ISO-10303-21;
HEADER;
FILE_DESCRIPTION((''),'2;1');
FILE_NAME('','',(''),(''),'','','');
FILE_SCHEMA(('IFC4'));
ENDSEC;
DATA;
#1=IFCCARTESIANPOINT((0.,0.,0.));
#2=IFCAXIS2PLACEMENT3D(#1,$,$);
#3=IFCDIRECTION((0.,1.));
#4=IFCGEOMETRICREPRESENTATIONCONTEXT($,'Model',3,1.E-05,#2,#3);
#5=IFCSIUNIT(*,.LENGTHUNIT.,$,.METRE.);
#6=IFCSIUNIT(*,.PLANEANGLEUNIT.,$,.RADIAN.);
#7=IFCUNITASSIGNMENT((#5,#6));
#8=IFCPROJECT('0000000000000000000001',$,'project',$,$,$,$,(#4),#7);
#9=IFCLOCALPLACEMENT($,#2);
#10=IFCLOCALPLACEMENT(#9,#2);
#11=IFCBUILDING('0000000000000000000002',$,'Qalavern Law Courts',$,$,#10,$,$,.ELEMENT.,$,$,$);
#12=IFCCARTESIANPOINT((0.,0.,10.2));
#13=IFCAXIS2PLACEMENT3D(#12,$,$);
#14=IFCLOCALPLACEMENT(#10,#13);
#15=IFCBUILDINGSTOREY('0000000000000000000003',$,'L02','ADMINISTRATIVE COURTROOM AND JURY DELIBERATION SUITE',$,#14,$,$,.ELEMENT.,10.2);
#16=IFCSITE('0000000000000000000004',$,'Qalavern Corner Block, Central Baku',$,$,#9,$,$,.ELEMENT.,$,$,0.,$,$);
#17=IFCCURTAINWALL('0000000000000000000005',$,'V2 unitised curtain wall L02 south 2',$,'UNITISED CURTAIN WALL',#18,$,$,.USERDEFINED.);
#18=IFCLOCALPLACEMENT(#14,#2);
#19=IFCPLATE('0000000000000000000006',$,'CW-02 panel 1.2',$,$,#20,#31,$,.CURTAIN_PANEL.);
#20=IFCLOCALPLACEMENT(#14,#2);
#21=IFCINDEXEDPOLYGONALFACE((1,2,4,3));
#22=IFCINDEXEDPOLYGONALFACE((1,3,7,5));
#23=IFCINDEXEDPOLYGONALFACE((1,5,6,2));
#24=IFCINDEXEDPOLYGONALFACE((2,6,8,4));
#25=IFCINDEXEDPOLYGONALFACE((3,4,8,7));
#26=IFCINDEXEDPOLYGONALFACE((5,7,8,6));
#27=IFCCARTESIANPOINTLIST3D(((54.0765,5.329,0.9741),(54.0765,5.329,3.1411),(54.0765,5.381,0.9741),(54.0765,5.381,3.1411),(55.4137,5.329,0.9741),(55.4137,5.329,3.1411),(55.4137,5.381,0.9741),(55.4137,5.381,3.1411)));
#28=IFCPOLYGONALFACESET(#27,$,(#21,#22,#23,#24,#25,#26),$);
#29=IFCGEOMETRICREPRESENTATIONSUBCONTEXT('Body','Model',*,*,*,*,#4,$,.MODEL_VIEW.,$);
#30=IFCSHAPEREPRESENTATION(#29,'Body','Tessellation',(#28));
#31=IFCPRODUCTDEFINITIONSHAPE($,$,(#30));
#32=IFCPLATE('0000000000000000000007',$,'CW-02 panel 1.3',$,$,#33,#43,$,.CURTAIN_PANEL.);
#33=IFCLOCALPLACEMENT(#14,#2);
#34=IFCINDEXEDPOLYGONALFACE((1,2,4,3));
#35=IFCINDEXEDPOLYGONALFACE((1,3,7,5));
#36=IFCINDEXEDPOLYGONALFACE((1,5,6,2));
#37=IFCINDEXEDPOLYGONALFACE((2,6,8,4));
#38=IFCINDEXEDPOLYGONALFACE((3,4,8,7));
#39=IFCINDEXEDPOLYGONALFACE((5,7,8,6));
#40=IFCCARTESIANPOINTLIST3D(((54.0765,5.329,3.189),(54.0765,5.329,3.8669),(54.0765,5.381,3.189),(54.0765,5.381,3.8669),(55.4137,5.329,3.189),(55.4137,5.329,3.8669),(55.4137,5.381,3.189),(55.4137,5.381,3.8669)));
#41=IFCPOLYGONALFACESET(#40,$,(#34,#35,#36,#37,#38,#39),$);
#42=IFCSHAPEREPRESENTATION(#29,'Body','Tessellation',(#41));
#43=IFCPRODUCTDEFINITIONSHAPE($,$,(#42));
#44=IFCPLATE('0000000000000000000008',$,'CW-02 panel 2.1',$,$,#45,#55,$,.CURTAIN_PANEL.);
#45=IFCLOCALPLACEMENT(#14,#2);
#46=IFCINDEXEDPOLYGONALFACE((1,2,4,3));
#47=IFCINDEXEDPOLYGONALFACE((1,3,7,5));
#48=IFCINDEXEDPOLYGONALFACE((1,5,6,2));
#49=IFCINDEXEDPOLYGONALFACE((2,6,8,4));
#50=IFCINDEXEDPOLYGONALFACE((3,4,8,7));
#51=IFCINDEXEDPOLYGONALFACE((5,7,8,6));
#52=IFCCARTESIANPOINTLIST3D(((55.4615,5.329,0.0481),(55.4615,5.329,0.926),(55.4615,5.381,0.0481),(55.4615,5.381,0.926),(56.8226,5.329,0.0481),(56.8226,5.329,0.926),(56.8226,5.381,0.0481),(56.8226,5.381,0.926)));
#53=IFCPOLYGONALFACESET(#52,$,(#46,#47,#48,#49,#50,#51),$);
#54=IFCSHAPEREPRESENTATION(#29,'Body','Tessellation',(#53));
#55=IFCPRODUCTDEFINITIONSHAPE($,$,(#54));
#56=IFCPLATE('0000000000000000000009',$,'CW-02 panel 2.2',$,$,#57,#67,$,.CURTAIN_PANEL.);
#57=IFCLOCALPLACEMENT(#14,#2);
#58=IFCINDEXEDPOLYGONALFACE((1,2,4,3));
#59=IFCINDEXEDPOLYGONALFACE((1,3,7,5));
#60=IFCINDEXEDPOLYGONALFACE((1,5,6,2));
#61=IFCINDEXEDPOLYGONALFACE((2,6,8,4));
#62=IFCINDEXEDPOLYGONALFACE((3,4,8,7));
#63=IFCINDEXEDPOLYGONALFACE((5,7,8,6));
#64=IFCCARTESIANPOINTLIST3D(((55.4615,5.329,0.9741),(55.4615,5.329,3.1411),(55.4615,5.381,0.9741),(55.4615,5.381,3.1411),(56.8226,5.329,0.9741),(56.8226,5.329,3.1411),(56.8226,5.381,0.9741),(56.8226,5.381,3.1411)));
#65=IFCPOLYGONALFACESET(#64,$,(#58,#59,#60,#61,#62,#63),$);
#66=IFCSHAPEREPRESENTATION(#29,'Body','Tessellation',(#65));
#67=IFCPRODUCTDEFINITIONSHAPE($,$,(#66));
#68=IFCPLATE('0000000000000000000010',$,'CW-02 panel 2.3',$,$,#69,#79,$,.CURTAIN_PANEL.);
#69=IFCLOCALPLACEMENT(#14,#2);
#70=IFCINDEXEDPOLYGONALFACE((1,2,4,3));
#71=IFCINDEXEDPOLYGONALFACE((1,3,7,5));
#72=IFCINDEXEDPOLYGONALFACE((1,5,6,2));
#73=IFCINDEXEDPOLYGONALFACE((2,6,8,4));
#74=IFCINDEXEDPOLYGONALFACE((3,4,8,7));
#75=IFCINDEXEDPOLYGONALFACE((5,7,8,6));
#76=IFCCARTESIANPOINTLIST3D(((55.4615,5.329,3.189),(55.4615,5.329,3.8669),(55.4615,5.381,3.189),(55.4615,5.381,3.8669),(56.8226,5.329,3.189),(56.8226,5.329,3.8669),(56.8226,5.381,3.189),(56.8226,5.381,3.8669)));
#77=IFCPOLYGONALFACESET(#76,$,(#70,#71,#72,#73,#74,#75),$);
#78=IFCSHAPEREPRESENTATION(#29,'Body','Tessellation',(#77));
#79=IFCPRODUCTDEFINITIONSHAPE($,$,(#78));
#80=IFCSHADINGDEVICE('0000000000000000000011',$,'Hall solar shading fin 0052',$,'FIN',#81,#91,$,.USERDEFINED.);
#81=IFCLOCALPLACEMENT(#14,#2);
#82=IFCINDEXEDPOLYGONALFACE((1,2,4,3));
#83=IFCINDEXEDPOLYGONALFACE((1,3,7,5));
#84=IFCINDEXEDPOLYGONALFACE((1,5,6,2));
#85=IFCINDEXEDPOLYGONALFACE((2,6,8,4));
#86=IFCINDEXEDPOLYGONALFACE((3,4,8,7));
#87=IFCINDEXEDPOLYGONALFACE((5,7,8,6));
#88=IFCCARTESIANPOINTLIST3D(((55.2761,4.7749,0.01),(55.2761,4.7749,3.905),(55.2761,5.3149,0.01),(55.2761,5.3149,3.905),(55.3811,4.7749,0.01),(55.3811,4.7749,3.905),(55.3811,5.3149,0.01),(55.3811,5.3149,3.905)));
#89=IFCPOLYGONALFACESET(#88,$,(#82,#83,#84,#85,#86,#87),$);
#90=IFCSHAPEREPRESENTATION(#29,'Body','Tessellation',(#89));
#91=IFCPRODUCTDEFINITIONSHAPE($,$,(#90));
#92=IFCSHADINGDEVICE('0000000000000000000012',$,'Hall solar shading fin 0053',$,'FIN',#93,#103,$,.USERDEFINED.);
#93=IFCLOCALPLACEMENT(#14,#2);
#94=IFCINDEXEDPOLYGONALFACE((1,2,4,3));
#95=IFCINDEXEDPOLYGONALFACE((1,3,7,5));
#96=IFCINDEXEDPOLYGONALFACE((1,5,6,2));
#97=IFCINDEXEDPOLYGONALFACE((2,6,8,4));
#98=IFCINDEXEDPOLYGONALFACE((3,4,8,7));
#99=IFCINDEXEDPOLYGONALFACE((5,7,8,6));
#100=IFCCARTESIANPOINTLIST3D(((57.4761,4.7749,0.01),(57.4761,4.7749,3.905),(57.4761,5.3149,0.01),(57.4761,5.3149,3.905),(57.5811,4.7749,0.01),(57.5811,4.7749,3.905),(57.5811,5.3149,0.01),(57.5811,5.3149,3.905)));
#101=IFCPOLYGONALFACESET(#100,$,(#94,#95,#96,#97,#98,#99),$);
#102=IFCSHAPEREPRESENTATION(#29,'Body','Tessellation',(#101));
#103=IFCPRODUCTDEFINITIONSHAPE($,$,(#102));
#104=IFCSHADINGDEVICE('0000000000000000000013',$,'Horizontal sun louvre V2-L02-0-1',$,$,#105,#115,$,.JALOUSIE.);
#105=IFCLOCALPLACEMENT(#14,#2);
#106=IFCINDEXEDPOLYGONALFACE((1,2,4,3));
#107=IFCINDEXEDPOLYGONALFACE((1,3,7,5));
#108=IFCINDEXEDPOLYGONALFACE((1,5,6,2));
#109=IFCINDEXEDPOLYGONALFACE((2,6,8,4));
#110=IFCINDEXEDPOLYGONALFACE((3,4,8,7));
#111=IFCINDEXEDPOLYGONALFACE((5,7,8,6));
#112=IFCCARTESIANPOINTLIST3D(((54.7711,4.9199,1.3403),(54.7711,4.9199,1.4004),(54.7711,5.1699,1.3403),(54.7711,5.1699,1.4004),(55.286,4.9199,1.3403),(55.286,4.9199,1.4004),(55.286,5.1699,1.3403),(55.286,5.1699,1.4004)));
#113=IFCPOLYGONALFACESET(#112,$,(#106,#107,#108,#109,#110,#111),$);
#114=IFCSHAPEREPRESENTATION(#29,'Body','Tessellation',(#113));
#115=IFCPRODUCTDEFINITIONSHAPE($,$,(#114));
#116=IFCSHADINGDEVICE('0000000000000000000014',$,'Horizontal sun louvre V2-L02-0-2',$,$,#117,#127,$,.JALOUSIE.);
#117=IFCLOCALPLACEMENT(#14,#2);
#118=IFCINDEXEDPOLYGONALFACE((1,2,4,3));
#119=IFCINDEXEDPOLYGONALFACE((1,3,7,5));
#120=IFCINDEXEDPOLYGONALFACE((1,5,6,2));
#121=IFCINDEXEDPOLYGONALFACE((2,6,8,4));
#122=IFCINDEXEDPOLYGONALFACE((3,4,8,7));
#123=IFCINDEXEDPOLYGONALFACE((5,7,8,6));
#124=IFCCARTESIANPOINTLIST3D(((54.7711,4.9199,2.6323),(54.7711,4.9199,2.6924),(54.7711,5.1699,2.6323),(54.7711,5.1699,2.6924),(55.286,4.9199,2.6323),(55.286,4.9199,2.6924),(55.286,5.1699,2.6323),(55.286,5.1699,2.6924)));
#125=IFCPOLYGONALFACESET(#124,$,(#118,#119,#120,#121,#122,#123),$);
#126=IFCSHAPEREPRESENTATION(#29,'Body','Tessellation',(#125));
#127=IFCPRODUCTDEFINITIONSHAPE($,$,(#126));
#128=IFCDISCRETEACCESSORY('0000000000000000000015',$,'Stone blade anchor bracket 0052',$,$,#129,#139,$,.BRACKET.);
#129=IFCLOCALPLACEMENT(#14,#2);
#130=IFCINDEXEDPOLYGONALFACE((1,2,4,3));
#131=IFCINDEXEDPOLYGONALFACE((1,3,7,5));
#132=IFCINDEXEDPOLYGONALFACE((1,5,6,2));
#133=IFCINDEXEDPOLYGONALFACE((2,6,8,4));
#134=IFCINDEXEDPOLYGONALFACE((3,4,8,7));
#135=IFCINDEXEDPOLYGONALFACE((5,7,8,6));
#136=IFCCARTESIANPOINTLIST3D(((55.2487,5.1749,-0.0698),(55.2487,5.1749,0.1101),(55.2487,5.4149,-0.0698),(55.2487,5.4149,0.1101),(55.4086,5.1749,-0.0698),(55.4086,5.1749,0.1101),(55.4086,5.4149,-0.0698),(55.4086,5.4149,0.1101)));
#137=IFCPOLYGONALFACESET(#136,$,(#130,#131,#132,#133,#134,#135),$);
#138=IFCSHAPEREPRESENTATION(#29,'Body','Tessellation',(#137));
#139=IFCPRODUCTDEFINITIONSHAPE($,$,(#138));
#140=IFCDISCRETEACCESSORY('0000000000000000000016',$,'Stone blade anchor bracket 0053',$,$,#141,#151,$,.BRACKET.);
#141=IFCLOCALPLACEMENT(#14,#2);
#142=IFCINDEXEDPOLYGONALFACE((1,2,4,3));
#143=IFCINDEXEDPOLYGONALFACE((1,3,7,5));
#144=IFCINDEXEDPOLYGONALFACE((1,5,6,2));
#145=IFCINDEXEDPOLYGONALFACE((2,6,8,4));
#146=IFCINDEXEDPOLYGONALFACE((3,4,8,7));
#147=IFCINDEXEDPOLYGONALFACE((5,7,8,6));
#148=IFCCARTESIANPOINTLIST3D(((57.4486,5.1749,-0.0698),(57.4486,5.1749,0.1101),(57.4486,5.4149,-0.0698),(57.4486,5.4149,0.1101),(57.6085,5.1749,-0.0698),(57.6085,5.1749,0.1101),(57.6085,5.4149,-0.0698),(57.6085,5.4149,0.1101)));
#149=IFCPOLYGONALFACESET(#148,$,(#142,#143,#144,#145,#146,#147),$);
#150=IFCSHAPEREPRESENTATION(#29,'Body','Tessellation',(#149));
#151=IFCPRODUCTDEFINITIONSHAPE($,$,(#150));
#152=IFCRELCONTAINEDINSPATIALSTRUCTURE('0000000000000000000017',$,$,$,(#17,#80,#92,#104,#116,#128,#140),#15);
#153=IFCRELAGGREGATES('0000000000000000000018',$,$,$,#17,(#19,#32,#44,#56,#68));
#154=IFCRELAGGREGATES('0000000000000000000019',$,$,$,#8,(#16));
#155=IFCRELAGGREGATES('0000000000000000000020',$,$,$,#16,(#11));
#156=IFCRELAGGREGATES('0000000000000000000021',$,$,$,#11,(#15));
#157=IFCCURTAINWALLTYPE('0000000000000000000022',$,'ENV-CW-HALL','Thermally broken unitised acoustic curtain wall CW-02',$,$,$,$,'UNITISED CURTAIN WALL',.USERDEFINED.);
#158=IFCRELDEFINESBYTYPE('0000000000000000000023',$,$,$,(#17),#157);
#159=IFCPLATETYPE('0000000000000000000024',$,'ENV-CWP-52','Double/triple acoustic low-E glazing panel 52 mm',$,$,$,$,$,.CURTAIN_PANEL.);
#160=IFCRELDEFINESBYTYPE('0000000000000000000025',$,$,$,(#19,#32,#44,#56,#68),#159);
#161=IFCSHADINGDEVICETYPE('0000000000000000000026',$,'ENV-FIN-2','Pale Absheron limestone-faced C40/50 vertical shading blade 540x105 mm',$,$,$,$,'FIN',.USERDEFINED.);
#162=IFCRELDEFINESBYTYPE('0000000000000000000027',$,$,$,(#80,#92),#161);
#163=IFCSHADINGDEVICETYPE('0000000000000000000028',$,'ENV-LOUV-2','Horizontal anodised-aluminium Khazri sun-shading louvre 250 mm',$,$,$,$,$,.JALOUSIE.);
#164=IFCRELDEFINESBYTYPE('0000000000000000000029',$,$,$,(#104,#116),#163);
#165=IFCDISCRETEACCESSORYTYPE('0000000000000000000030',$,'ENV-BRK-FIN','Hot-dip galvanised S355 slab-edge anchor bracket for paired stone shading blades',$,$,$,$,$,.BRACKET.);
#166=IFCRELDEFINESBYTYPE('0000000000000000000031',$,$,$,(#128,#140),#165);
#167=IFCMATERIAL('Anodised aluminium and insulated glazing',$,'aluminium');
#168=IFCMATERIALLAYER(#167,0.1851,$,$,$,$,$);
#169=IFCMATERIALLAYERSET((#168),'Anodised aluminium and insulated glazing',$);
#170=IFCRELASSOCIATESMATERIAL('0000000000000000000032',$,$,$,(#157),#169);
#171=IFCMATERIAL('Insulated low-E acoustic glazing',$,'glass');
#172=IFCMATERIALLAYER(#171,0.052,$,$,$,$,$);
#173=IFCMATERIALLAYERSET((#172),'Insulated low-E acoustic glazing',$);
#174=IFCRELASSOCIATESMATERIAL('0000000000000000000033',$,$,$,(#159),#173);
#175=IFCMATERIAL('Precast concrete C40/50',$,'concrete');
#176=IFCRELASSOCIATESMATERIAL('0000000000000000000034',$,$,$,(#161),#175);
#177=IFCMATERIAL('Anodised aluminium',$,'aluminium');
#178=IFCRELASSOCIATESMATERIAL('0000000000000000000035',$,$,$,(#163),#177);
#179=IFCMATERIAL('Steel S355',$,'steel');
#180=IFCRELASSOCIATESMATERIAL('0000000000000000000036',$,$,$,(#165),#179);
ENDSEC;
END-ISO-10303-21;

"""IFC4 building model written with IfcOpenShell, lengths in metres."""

from ifc_helpers import new_model, si_unit, direction, frame, origin, origin_2d, place, context, subcontext, project, spatial, rectangle, extrude, material, layer, layer_set, type_object, element, aggregate, save


model = new_model("IFC4")

# Units and contexts
model_context = context("Model", 3, precision=1e-05, world=origin(), true_north=direction((0.0, 1.0)))
body_context = subcontext(model_context, "Body", "Model", "MODEL_VIEW")
ifc_project = project(units=[si_unit("LENGTHUNIT", "METRE"), si_unit("PLANEANGLEUNIT", "RADIAN")], contexts=[model_context])

# Site, building, storey
site_placement = place(None, origin())
site = spatial("IfcSite", under=ifc_project, at=site_placement, Name="Qalavern Corner Block, Central Baku", CompositionType="ELEMENT", RefElevation=0.0)
building_placement = place(site_placement, origin())
building = spatial("IfcBuilding", under=site, at=building_placement, Name="Qalavern Law Courts", CompositionType="ELEMENT")
storey_placement = place(building_placement, frame((0.0, 0.0, 10.2)))
storey = spatial("IfcBuildingStorey", under=building, at=storey_placement, Name="L02", Description="ADMINISTRATIVE COURTROOM AND JURY DELIBERATION SUITE", CompositionType="ELEMENT", Elevation=10.2)

# Curtain wall, plates
ifc_material_1 = material(Name="Anodised aluminium and insulated glazing", Category="aluminium")
ifc_layer_1 = layer(ifc_material_1, 0.1851)
ifc_layer_set_1 = layer_set([ifc_layer_1], Name="Anodised aluminium and insulated glazing")
curtain_wall_type = type_object("IfcCurtainWallType", Name="ENV-CW-HALL", Description="Thermally broken unitised acoustic curtain wall CW-02", ElementType="UNITISED CURTAIN WALL", PredefinedType="USERDEFINED", material=ifc_layer_set_1)
curtain_wall_placement = place(storey_placement, origin())
curtain_wall = element("IfcCurtainWall", 1, at=curtain_wall_placement, inside=storey, type_object=curtain_wall_type, Name="V2 unitised curtain wall L02 south 2", ObjectType="UNITISED CURTAIN WALL", PredefinedType="USERDEFINED")
ifc_material_2 = material(Name="Anodised aluminium", Category="aluminium")
ifc_material_3 = material(Name="Insulated low-E acoustic glazing", Category="glass")
ifc_layer_2 = layer(ifc_material_3, 0.052)
ifc_layer_set_2 = layer_set([ifc_layer_2], Name="Insulated low-E acoustic glazing")
plate_type = type_object("IfcPlateType", Name="ENV-CWP-52", Description="Double/triple acoustic low-E glazing panel 52 mm", PredefinedType="CURTAIN_PANEL", material=ifc_layer_set_2)
plate_1_placement = place(storey_placement, frame((54.7451, 5.355, 0.9741), z_axis=(0.0, 0.0, 1.0), x_axis=(1.0, 0.0, 0.0)))
plate_1 = element("IfcPlate", 2, at=plate_1_placement, type_object=plate_type, Name="CW-02 panel 1.2", PredefinedType="CURTAIN_PANEL", context=body_context, shape_type="SweptSolid", body=[
    extrude(rectangle(XDim=1.3372, YDim=0.052, at=origin_2d()), origin(), (0.0, 0.0, 1.0), 2.167),
])
plate_2_placement = place(storey_placement, frame((54.7451, 5.355, 3.189), z_axis=(0.0, 0.0, 1.0), x_axis=(1.0, 0.0, 0.0)))
plate_2 = element("IfcPlate", 3, at=plate_2_placement, type_object=plate_type, Name="CW-02 panel 1.3", PredefinedType="CURTAIN_PANEL", context=body_context, shape_type="SweptSolid", body=[
    extrude(rectangle(XDim=1.3372, YDim=0.052, at=origin_2d()), origin(), (0.0, 0.0, 1.0), 0.678),
])
plate_3_placement = place(storey_placement, frame((56.1421, 5.355, 0.0481), z_axis=(0.0, 0.0, 1.0), x_axis=(1.0, 0.0, 0.0)))
plate_3 = element("IfcPlate", 4, at=plate_3_placement, type_object=plate_type, Name="CW-02 panel 2.1", PredefinedType="CURTAIN_PANEL", context=body_context, shape_type="SweptSolid", body=[
    extrude(rectangle(XDim=1.3611, YDim=0.052, at=origin_2d()), origin(), (0.0, 0.0, 1.0), 0.8779),
])
plate_4_placement = place(storey_placement, frame((56.1421, 5.355, 0.9741), z_axis=(0.0, 0.0, 1.0), x_axis=(1.0, 0.0, 0.0)))
plate_4 = element("IfcPlate", 5, at=plate_4_placement, type_object=plate_type, Name="CW-02 panel 2.2", PredefinedType="CURTAIN_PANEL", context=body_context, shape_type="SweptSolid", body=[
    extrude(rectangle(XDim=1.3611, YDim=0.052, at=origin_2d()), origin(), (0.0, 0.0, 1.0), 2.167),
])
plate_5_placement = place(storey_placement, frame((56.1421, 5.355, 3.189), z_axis=(0.0, 0.0, 1.0), x_axis=(1.0, 0.0, 0.0)))
plate_5 = element("IfcPlate", 6, at=plate_5_placement, type_object=plate_type, Name="CW-02 panel 2.3", PredefinedType="CURTAIN_PANEL", context=body_context, shape_type="SweptSolid", body=[
    extrude(rectangle(XDim=1.3611, YDim=0.052, at=origin_2d()), origin(), (0.0, 0.0, 1.0), 0.678),
])
aggregate(curtain_wall, [plate_1, plate_2, plate_3, plate_4, plate_5])

# Shading devices
ifc_material_4 = material(Name="Precast concrete C40/50", Category="concrete")
shading_device_type_1 = type_object("IfcShadingDeviceType", Name="ENV-FIN-2", Description="Pale Absheron limestone-faced C40/50 vertical shading blade 540x105 mm", ElementType="FIN", PredefinedType="USERDEFINED", material=ifc_material_4)
for number, where, z_axis, x_axis, name in (
    (7, (55.3286, 5.0449, 0.01), (0.0, 0.0, 1.0), (0.0, -1.0, 0.0), "Hall solar shading fin 0052"),
    (8, (57.5286, 5.0449, 0.01), (0.0, 0.0, 1.0), (0.0, -1.0, 0.0), "Hall solar shading fin 0053"),
):
    element("IfcShadingDevice", number, at=place(storey_placement, frame(where, z_axis=z_axis, x_axis=x_axis)), inside=storey, type_object=shading_device_type_1, Name=name, ObjectType="FIN", PredefinedType="USERDEFINED", context=body_context, shape_type="SweptSolid", body=[
        extrude(rectangle(XDim=0.54, YDim=0.105, at=origin_2d()), origin(), (0.0, 0.0, 1.0), 3.895),
    ])
shading_device_type_2 = type_object("IfcShadingDeviceType", Name="ENV-LOUV-2", Description="Horizontal anodised-aluminium Khazri sun-shading louvre 250 mm", PredefinedType="JALOUSIE", material=ifc_material_2)
for number, where, z_axis, x_axis, name in (
    (9, (55.0286, 5.0449, 1.3403), (0.0, 0.0, 1.0), (1.0, 0.0, 0.0), "Horizontal sun louvre V2-L02-0-1"),
    (10, (55.0286, 5.0449, 2.6323), (0.0, 0.0, 1.0), (1.0, 0.0, 0.0), "Horizontal sun louvre V2-L02-0-2"),
):
    element("IfcShadingDevice", number, at=place(storey_placement, frame(where, z_axis=z_axis, x_axis=x_axis)), inside=storey, type_object=shading_device_type_2, Name=name, PredefinedType="JALOUSIE", context=body_context, shape_type="SweptSolid", body=[
        extrude(rectangle(XDim=0.5149, YDim=0.25, at=origin_2d()), origin(), (0.0, 0.0, 1.0), 0.0601),
    ])

# Discrete accessories
ifc_material_5 = material(Name="Steel S355", Category="steel")
discrete_accessory_type = type_object("IfcDiscreteAccessoryType", Name="ENV-BRK-FIN", Description="Hot-dip galvanised S355 slab-edge anchor bracket for paired stone shading blades", PredefinedType="BRACKET", material=ifc_material_5)
for number, where, z_axis, x_axis, name in (
    (11, (55.3286, 5.2949, -0.0698), (0.0, 0.0, 1.0), (0.0, -1.0, 0.0), "Stone blade anchor bracket 0052"),
    (12, (57.5286, 5.2949, -0.0698), (0.0, 0.0, 1.0), (0.0, -1.0, 0.0), "Stone blade anchor bracket 0053"),
):
    element("IfcDiscreteAccessory", number, at=place(storey_placement, frame(where, z_axis=z_axis, x_axis=x_axis)), inside=storey, type_object=discrete_accessory_type, Name=name, PredefinedType="BRACKET", context=body_context, shape_type="SweptSolid", body=[
        extrude(rectangle(XDim=0.24, YDim=0.1599, at=origin_2d()), origin(), (0.0, 0.0, 1.0), 0.1799),
    ])

save(model, "model.ifc")
